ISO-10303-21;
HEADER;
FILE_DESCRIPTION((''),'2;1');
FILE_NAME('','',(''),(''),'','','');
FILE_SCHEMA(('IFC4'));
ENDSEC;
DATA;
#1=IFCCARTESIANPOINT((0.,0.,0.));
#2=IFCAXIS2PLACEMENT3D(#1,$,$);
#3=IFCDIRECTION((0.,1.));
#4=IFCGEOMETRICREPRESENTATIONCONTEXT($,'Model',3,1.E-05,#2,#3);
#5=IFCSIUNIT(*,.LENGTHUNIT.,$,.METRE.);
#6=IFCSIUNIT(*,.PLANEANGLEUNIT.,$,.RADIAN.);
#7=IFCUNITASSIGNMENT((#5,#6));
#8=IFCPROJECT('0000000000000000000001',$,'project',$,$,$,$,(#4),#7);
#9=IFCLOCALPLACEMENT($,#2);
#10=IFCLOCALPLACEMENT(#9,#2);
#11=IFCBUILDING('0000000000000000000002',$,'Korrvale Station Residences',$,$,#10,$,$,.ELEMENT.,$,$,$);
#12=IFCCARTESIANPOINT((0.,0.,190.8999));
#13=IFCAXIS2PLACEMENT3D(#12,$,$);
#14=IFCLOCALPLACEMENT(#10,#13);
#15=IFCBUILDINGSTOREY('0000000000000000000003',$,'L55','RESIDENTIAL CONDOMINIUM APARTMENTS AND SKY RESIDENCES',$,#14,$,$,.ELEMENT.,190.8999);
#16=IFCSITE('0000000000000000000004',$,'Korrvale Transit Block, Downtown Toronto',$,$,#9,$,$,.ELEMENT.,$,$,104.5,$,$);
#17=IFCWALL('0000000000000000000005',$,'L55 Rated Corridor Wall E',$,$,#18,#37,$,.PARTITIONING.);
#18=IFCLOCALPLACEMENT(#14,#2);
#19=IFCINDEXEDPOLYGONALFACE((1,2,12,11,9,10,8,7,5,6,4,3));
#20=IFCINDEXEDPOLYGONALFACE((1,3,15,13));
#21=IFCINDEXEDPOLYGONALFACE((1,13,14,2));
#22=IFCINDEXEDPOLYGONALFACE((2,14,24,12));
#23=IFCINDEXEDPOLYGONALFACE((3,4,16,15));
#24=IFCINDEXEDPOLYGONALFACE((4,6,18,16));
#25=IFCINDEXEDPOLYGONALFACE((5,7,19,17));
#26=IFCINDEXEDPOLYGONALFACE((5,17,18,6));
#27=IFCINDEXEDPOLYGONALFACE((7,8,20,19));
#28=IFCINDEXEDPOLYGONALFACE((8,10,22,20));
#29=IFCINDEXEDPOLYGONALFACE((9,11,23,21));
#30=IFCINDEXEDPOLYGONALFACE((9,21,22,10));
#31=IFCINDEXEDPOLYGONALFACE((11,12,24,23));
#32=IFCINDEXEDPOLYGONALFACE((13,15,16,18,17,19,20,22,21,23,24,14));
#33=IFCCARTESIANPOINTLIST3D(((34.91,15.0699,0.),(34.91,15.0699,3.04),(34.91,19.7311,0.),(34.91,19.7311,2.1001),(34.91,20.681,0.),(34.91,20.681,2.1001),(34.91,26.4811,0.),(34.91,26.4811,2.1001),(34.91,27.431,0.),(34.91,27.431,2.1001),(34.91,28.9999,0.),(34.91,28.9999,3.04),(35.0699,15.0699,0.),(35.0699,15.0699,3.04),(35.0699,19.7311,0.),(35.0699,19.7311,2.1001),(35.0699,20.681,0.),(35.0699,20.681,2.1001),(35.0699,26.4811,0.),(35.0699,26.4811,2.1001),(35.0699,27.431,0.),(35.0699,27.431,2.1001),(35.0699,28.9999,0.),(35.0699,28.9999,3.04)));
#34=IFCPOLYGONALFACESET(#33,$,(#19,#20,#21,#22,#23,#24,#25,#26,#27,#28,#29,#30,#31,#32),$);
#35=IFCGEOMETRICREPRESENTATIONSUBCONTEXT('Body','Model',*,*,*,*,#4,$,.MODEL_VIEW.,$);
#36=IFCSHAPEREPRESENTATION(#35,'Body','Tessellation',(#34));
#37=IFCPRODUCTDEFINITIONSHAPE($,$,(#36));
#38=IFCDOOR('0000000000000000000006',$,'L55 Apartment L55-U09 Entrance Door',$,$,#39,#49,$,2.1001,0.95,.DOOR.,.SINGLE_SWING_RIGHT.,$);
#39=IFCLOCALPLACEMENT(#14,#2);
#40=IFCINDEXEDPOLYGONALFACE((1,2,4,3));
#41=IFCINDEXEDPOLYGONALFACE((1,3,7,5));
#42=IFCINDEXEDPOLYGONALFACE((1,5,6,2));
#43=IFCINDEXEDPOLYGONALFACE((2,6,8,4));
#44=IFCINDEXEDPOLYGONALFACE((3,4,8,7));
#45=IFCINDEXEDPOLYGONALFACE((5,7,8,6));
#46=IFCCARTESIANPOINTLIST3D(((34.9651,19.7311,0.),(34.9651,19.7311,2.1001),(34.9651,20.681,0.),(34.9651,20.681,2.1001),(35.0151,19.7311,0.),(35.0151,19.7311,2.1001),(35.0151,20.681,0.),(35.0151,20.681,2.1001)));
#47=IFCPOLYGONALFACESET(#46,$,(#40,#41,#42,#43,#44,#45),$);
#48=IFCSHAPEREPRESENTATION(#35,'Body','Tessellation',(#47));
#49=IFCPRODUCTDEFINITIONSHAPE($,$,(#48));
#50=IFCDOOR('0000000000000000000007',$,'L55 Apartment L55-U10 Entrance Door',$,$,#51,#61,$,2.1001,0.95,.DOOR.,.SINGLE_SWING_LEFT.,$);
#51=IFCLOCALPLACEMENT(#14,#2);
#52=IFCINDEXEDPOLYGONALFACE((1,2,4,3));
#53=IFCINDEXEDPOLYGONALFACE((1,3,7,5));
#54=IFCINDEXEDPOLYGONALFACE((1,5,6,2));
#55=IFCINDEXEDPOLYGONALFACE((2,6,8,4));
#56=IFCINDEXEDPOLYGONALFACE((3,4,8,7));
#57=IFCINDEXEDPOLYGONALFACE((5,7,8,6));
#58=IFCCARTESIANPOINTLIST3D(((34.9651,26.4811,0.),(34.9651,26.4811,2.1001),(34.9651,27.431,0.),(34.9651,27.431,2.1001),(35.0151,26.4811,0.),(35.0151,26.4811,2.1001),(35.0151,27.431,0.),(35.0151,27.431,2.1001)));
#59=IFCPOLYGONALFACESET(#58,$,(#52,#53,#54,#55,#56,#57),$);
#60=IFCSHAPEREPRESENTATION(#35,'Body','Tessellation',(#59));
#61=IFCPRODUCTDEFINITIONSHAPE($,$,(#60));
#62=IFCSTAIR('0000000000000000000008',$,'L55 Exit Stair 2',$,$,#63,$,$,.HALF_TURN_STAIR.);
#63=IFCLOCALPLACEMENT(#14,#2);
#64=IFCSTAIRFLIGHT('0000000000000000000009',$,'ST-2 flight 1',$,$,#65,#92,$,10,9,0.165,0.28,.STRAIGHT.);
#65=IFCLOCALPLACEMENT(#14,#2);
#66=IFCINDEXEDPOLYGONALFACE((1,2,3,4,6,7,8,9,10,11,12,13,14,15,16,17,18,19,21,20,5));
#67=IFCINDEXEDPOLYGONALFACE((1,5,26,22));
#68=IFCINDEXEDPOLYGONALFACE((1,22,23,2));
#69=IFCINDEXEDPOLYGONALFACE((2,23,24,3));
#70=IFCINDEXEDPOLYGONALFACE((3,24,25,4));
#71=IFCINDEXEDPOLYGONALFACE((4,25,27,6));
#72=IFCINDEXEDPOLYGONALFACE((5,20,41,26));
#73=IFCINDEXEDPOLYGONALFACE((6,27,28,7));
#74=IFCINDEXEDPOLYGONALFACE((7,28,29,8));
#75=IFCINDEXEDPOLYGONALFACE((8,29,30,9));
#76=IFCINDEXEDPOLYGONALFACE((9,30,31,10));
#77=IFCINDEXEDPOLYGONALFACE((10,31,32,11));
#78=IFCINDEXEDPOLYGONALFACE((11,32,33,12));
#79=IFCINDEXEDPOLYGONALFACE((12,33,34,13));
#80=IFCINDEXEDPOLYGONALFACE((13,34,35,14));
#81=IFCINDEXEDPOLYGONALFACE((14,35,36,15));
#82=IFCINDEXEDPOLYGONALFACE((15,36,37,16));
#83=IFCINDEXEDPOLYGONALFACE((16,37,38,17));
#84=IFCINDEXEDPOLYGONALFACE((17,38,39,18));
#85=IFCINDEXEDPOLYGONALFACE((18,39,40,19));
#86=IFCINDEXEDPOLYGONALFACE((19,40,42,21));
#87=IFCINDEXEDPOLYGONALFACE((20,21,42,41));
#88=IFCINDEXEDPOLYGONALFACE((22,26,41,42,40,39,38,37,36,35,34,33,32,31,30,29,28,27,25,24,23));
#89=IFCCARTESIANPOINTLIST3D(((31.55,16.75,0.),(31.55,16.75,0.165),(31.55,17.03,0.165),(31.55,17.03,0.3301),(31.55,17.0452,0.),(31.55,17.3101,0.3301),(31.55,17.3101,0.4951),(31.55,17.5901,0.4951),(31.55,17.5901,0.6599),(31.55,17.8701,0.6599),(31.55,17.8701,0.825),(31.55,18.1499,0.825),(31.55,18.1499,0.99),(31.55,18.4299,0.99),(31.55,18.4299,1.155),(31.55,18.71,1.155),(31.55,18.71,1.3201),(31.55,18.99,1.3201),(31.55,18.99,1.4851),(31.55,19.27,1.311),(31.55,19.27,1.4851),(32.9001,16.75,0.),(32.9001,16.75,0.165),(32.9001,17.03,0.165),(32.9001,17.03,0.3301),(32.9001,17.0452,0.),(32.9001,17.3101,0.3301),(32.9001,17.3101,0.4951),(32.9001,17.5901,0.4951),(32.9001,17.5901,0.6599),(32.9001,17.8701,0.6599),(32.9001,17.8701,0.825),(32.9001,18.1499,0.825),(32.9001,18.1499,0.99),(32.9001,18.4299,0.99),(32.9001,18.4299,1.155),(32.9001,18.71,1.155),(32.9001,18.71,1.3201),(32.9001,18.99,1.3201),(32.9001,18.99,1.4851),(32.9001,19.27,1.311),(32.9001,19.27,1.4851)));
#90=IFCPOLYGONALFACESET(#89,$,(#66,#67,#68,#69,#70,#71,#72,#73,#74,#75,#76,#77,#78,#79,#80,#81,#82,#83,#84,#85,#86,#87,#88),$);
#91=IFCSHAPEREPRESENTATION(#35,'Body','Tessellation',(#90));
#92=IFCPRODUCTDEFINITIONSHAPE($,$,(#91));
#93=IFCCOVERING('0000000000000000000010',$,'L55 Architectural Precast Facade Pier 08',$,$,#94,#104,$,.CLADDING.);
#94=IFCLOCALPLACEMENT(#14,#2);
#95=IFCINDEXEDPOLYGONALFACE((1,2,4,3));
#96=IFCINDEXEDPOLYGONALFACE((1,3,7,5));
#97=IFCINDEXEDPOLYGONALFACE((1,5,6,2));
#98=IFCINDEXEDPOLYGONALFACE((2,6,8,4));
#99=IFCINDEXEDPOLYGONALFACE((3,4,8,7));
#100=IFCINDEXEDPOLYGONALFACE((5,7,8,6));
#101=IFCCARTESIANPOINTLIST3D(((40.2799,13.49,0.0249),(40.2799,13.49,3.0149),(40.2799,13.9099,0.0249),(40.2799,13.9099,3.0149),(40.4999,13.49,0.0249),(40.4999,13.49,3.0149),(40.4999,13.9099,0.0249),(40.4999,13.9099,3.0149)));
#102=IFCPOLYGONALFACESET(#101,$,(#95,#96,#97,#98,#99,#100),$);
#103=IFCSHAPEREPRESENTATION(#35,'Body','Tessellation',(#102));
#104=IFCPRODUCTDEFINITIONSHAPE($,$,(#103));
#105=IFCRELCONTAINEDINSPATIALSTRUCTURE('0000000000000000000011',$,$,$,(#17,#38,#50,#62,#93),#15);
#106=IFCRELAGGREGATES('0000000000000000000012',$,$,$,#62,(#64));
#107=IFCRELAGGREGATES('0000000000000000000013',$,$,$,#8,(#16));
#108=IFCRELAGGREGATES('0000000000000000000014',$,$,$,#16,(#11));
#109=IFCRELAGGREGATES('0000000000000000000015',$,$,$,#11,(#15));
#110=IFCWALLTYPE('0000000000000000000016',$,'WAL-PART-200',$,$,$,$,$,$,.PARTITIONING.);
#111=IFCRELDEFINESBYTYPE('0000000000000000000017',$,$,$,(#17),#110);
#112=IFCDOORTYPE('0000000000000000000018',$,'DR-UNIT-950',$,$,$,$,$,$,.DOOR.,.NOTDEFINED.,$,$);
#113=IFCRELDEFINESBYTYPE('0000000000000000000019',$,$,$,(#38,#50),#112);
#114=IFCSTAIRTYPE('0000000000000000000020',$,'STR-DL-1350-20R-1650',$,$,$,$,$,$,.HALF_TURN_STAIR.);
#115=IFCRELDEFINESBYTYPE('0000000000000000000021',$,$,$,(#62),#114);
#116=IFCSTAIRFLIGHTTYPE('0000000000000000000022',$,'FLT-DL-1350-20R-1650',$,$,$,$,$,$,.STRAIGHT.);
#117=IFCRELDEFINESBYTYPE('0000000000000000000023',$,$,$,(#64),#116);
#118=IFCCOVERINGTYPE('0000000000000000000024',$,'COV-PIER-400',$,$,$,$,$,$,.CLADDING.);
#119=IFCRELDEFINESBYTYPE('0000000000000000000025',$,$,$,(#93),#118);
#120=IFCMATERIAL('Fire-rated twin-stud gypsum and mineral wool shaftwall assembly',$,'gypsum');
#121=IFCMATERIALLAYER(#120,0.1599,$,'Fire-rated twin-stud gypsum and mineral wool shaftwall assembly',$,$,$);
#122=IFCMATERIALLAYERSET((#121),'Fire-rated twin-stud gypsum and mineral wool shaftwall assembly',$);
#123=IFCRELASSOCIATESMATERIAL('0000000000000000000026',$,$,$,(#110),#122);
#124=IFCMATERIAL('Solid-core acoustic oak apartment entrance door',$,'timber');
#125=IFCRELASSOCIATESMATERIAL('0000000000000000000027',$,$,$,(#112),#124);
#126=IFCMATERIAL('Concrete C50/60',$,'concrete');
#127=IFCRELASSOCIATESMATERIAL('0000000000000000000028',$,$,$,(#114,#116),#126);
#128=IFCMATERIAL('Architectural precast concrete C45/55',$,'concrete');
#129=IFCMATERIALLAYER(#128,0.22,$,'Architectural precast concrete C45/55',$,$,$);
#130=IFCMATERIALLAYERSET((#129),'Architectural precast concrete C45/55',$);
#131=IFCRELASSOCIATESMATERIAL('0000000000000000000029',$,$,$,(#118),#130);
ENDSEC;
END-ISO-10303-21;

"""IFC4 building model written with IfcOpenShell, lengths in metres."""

from ifc_helpers import new_model, si_unit, direction, frame, frame_2d, origin, origin_2d, place, context, subcontext, project, spatial, polyline, rectangle, outline, extrude, material, layer, layer_set, type_object, element, fill, aggregate, save


model = new_model("IFC4")

# Units and contexts
model_context = context("Model", 3, precision=1e-05, world=origin(), true_north=direction((0.0, 1.0)))
body_context = subcontext(model_context, "Body", "Model", "MODEL_VIEW")
ifc_project = project(units=[si_unit("LENGTHUNIT", "METRE"), si_unit("PLANEANGLEUNIT", "RADIAN")], contexts=[model_context])

# Site, building, storey
site_placement = place(None, origin())
site = spatial("IfcSite", under=ifc_project, at=site_placement, Name="Korrvale Transit Block, Downtown Toronto", CompositionType="ELEMENT", RefElevation=104.5)
building_placement = place(site_placement, origin())
building = spatial("IfcBuilding", under=site, at=building_placement, Name="Korrvale Station Residences", CompositionType="ELEMENT")
storey_placement = place(building_placement, frame((0.0, 0.0, 190.8999)))
storey = spatial("IfcBuildingStorey", under=building, at=storey_placement, Name="L55", Description="RESIDENTIAL CONDOMINIUM APARTMENTS AND SKY RESIDENCES", CompositionType="ELEMENT", Elevation=190.8999)

# Shared definitions
ifc_material_1 = material(Name="Concrete C50/60", Category="concrete")

# Shared definitions
ifc_material_2 = material(Name="Fire-rated twin-stud gypsum and mineral wool shaftwall assembly", Category="gypsum")
ifc_layer_1 = layer(ifc_material_2, 0.1599, Name="Fire-rated twin-stud gypsum and mineral wool shaftwall assembly")
ifc_layer_set_1 = layer_set([ifc_layer_1], Name="Fire-rated twin-stud gypsum and mineral wool shaftwall assembly")
wall_type_1 = type_object("IfcWallType", Name="WAL-PART-200", PredefinedType="PARTITIONING", material=ifc_layer_set_1)

# Wall, openings, doors
wall_1_placement = place(storey_placement, frame((34.99, 15.0701, 0.0), z_axis=(0.0, 0.0, 1.0), x_axis=(0.0, 1.0, 0.0)))
wall_1 = element("IfcWall", 1, at=wall_1_placement, inside=storey, type_object=wall_type_1, Name="L55 Rated Corridor Wall E", PredefinedType="PARTITIONING", context=body_context, shape_type="SweptSolid", body=[
    extrude(rectangle(XDim=13.9299, YDim=0.1599, at=frame_2d((6.9648, 0.0))), origin(), (0.0, 0.0, 1.0), 3.04),
])
opening_1_placement = place(wall_1_placement, frame((4.6609, 0.0, 0.0)))
opening_1 = element("IfcOpeningElement", 2, at=opening_1_placement, cuts=wall_1, PredefinedType="OPENING", context=body_context, shape_type="SweptSolid", body=[
    extrude(rectangle(XDim=0.95, YDim=2.1001, at=frame_2d((0.4751, 1.05))), frame((0.0, 0.0898, 0.0), z_axis=(0.0, -1.0, 0.0), x_axis=(1.0, 0.0, 0.0)), (0.0, 0.0, 1.0), 0.1799),
])
opening_2_placement = place(wall_1_placement, frame((11.4109, 0.0, 0.0)))
opening_2 = element("IfcOpeningElement", 3, at=opening_2_placement, cuts=wall_1, PredefinedType="OPENING", context=body_context, shape_type="SweptSolid", body=[
    extrude(rectangle(XDim=0.95, YDim=2.1001, at=frame_2d((0.4751, 1.05))), frame((0.0, 0.0898, 0.0), z_axis=(0.0, -1.0, 0.0), x_axis=(1.0, 0.0, 0.0)), (0.0, 0.0, 1.0), 0.1799),
])
ifc_material_3 = material(Name="Solid-core acoustic oak apartment entrance door", Category="timber")
door_type_1 = type_object("IfcDoorType", Name="DR-UNIT-950", OperationType="NOTDEFINED", PredefinedType="DOOR", material=ifc_material_3)
door_1_placement = place(opening_1_placement, origin())
door_1 = element("IfcDoor", 4, at=door_1_placement, inside=storey, type_object=door_type_1, Name="L55 Apartment L55-U09 Entrance Door", OperationType="SINGLE_SWING_RIGHT", OverallHeight=2.1001, OverallWidth=0.95, PredefinedType="DOOR", context=body_context, shape_type="SweptSolid", body=[
    extrude(rectangle(XDim=0.95, YDim=2.1001, at=frame_2d((0.4751, 1.05))), frame((0.0, 0.0249, 0.0), z_axis=(0.0, -1.0, 0.0), x_axis=(1.0, 0.0, 0.0)), (0.0, 0.0, 1.0), 0.05),
])
fill(opening_1, door_1)
door_2_placement = place(opening_2_placement, origin())
door_2 = element("IfcDoor", 5, at=door_2_placement, inside=storey, type_object=door_type_1, Name="L55 Apartment L55-U10 Entrance Door", OperationType="SINGLE_SWING_LEFT", OverallHeight=2.1001, OverallWidth=0.95, PredefinedType="DOOR", context=body_context, shape_type="SweptSolid", body=[
    extrude(rectangle(XDim=0.95, YDim=2.1001, at=frame_2d((0.4751, 1.05))), frame((0.0, 0.0249, 0.0), z_axis=(0.0, -1.0, 0.0), x_axis=(1.0, 0.0, 0.0)), (0.0, 0.0, 1.0), 0.05),
])
fill(opening_2, door_2)

# Stair, stair flight
stair_type = type_object("IfcStairType", Name="STR-DL-1350-20R-1650", PredefinedType="HALF_TURN_STAIR", material=ifc_material_1)
stair_placement = place(storey_placement, origin())
stair = element("IfcStair", 6, at=stair_placement, inside=storey, type_object=stair_type, Name="L55 Exit Stair 2", PredefinedType="HALF_TURN_STAIR")
stair_flight_type = type_object("IfcStairFlightType", Name="FLT-DL-1350-20R-1650", PredefinedType="STRAIGHT", material=ifc_material_1)
stair_flight_placement = place(storey_placement, frame((32.2251, 16.75, 0.0), z_axis=(0.0, 0.0, 1.0), x_axis=(0.0, 1.0, 0.0)))
stair_flight = element("IfcStairFlight", 7, at=stair_flight_placement, type_object=stair_flight_type, Name="ST-2 flight 1", NumberOfRisers=10, NumberOfTreads=9, PredefinedType="STRAIGHT", RiserHeight=0.165, TreadLength=0.28, context=body_context, shape_type="SweptSolid", body=[
    extrude(outline(polyline([(0.0, 0.0), (0.0, 0.165), (0.28, 0.165), (0.28, 0.3301), (0.5601, 0.3301), (0.5601, 0.4951), (0.8401, 0.4951), (0.8401, 0.6599), (1.1201, 0.6599), (1.1201, 0.825), (1.3999, 0.825), (1.3999, 0.99), (1.6799, 0.99), (1.6799, 1.155), (1.96, 1.155), (1.96, 1.3201), (2.24, 1.3201), (2.24, 1.4851), (2.52, 1.4851), (2.52, 1.6499), (2.52, 1.311), (0.2952, 0.0), (0.0, 0.0)])), frame((0.0, 0.675, 0.0), z_axis=(0.0, -1.0, 0.0), x_axis=(1.0, 0.0, 0.0)), (0.0, 0.0, 1.0), 1.3501),
])
aggregate(stair, [stair_flight])

# Covering
ifc_material_4 = material(Name="Architectural precast concrete C45/55", Category="concrete")
ifc_layer_2 = layer(ifc_material_4, 0.22, Name="Architectural precast concrete C45/55")
ifc_layer_set_2 = layer_set([ifc_layer_2], Name="Architectural precast concrete C45/55")
covering_type = type_object("IfcCoveringType", Name="COV-PIER-400", PredefinedType="CLADDING", material=ifc_layer_set_2)
covering_placement = place(storey_placement, frame((40.3899, 13.7, 0.0249), z_axis=(0.0, 0.0, 1.0), x_axis=(0.0, 1.0, 0.0)))
element("IfcCovering", 8, at=covering_placement, inside=storey, type_object=covering_type, Name="L55 Architectural Precast Facade Pier 08", PredefinedType="CLADDING", context=body_context, shape_type="SweptSolid", body=[
    extrude(rectangle(XDim=0.4199, YDim=0.22, at=origin_2d()), origin(), (0.0, 0.0, 1.0), 2.99),
])

save(model, "model.ifc")
